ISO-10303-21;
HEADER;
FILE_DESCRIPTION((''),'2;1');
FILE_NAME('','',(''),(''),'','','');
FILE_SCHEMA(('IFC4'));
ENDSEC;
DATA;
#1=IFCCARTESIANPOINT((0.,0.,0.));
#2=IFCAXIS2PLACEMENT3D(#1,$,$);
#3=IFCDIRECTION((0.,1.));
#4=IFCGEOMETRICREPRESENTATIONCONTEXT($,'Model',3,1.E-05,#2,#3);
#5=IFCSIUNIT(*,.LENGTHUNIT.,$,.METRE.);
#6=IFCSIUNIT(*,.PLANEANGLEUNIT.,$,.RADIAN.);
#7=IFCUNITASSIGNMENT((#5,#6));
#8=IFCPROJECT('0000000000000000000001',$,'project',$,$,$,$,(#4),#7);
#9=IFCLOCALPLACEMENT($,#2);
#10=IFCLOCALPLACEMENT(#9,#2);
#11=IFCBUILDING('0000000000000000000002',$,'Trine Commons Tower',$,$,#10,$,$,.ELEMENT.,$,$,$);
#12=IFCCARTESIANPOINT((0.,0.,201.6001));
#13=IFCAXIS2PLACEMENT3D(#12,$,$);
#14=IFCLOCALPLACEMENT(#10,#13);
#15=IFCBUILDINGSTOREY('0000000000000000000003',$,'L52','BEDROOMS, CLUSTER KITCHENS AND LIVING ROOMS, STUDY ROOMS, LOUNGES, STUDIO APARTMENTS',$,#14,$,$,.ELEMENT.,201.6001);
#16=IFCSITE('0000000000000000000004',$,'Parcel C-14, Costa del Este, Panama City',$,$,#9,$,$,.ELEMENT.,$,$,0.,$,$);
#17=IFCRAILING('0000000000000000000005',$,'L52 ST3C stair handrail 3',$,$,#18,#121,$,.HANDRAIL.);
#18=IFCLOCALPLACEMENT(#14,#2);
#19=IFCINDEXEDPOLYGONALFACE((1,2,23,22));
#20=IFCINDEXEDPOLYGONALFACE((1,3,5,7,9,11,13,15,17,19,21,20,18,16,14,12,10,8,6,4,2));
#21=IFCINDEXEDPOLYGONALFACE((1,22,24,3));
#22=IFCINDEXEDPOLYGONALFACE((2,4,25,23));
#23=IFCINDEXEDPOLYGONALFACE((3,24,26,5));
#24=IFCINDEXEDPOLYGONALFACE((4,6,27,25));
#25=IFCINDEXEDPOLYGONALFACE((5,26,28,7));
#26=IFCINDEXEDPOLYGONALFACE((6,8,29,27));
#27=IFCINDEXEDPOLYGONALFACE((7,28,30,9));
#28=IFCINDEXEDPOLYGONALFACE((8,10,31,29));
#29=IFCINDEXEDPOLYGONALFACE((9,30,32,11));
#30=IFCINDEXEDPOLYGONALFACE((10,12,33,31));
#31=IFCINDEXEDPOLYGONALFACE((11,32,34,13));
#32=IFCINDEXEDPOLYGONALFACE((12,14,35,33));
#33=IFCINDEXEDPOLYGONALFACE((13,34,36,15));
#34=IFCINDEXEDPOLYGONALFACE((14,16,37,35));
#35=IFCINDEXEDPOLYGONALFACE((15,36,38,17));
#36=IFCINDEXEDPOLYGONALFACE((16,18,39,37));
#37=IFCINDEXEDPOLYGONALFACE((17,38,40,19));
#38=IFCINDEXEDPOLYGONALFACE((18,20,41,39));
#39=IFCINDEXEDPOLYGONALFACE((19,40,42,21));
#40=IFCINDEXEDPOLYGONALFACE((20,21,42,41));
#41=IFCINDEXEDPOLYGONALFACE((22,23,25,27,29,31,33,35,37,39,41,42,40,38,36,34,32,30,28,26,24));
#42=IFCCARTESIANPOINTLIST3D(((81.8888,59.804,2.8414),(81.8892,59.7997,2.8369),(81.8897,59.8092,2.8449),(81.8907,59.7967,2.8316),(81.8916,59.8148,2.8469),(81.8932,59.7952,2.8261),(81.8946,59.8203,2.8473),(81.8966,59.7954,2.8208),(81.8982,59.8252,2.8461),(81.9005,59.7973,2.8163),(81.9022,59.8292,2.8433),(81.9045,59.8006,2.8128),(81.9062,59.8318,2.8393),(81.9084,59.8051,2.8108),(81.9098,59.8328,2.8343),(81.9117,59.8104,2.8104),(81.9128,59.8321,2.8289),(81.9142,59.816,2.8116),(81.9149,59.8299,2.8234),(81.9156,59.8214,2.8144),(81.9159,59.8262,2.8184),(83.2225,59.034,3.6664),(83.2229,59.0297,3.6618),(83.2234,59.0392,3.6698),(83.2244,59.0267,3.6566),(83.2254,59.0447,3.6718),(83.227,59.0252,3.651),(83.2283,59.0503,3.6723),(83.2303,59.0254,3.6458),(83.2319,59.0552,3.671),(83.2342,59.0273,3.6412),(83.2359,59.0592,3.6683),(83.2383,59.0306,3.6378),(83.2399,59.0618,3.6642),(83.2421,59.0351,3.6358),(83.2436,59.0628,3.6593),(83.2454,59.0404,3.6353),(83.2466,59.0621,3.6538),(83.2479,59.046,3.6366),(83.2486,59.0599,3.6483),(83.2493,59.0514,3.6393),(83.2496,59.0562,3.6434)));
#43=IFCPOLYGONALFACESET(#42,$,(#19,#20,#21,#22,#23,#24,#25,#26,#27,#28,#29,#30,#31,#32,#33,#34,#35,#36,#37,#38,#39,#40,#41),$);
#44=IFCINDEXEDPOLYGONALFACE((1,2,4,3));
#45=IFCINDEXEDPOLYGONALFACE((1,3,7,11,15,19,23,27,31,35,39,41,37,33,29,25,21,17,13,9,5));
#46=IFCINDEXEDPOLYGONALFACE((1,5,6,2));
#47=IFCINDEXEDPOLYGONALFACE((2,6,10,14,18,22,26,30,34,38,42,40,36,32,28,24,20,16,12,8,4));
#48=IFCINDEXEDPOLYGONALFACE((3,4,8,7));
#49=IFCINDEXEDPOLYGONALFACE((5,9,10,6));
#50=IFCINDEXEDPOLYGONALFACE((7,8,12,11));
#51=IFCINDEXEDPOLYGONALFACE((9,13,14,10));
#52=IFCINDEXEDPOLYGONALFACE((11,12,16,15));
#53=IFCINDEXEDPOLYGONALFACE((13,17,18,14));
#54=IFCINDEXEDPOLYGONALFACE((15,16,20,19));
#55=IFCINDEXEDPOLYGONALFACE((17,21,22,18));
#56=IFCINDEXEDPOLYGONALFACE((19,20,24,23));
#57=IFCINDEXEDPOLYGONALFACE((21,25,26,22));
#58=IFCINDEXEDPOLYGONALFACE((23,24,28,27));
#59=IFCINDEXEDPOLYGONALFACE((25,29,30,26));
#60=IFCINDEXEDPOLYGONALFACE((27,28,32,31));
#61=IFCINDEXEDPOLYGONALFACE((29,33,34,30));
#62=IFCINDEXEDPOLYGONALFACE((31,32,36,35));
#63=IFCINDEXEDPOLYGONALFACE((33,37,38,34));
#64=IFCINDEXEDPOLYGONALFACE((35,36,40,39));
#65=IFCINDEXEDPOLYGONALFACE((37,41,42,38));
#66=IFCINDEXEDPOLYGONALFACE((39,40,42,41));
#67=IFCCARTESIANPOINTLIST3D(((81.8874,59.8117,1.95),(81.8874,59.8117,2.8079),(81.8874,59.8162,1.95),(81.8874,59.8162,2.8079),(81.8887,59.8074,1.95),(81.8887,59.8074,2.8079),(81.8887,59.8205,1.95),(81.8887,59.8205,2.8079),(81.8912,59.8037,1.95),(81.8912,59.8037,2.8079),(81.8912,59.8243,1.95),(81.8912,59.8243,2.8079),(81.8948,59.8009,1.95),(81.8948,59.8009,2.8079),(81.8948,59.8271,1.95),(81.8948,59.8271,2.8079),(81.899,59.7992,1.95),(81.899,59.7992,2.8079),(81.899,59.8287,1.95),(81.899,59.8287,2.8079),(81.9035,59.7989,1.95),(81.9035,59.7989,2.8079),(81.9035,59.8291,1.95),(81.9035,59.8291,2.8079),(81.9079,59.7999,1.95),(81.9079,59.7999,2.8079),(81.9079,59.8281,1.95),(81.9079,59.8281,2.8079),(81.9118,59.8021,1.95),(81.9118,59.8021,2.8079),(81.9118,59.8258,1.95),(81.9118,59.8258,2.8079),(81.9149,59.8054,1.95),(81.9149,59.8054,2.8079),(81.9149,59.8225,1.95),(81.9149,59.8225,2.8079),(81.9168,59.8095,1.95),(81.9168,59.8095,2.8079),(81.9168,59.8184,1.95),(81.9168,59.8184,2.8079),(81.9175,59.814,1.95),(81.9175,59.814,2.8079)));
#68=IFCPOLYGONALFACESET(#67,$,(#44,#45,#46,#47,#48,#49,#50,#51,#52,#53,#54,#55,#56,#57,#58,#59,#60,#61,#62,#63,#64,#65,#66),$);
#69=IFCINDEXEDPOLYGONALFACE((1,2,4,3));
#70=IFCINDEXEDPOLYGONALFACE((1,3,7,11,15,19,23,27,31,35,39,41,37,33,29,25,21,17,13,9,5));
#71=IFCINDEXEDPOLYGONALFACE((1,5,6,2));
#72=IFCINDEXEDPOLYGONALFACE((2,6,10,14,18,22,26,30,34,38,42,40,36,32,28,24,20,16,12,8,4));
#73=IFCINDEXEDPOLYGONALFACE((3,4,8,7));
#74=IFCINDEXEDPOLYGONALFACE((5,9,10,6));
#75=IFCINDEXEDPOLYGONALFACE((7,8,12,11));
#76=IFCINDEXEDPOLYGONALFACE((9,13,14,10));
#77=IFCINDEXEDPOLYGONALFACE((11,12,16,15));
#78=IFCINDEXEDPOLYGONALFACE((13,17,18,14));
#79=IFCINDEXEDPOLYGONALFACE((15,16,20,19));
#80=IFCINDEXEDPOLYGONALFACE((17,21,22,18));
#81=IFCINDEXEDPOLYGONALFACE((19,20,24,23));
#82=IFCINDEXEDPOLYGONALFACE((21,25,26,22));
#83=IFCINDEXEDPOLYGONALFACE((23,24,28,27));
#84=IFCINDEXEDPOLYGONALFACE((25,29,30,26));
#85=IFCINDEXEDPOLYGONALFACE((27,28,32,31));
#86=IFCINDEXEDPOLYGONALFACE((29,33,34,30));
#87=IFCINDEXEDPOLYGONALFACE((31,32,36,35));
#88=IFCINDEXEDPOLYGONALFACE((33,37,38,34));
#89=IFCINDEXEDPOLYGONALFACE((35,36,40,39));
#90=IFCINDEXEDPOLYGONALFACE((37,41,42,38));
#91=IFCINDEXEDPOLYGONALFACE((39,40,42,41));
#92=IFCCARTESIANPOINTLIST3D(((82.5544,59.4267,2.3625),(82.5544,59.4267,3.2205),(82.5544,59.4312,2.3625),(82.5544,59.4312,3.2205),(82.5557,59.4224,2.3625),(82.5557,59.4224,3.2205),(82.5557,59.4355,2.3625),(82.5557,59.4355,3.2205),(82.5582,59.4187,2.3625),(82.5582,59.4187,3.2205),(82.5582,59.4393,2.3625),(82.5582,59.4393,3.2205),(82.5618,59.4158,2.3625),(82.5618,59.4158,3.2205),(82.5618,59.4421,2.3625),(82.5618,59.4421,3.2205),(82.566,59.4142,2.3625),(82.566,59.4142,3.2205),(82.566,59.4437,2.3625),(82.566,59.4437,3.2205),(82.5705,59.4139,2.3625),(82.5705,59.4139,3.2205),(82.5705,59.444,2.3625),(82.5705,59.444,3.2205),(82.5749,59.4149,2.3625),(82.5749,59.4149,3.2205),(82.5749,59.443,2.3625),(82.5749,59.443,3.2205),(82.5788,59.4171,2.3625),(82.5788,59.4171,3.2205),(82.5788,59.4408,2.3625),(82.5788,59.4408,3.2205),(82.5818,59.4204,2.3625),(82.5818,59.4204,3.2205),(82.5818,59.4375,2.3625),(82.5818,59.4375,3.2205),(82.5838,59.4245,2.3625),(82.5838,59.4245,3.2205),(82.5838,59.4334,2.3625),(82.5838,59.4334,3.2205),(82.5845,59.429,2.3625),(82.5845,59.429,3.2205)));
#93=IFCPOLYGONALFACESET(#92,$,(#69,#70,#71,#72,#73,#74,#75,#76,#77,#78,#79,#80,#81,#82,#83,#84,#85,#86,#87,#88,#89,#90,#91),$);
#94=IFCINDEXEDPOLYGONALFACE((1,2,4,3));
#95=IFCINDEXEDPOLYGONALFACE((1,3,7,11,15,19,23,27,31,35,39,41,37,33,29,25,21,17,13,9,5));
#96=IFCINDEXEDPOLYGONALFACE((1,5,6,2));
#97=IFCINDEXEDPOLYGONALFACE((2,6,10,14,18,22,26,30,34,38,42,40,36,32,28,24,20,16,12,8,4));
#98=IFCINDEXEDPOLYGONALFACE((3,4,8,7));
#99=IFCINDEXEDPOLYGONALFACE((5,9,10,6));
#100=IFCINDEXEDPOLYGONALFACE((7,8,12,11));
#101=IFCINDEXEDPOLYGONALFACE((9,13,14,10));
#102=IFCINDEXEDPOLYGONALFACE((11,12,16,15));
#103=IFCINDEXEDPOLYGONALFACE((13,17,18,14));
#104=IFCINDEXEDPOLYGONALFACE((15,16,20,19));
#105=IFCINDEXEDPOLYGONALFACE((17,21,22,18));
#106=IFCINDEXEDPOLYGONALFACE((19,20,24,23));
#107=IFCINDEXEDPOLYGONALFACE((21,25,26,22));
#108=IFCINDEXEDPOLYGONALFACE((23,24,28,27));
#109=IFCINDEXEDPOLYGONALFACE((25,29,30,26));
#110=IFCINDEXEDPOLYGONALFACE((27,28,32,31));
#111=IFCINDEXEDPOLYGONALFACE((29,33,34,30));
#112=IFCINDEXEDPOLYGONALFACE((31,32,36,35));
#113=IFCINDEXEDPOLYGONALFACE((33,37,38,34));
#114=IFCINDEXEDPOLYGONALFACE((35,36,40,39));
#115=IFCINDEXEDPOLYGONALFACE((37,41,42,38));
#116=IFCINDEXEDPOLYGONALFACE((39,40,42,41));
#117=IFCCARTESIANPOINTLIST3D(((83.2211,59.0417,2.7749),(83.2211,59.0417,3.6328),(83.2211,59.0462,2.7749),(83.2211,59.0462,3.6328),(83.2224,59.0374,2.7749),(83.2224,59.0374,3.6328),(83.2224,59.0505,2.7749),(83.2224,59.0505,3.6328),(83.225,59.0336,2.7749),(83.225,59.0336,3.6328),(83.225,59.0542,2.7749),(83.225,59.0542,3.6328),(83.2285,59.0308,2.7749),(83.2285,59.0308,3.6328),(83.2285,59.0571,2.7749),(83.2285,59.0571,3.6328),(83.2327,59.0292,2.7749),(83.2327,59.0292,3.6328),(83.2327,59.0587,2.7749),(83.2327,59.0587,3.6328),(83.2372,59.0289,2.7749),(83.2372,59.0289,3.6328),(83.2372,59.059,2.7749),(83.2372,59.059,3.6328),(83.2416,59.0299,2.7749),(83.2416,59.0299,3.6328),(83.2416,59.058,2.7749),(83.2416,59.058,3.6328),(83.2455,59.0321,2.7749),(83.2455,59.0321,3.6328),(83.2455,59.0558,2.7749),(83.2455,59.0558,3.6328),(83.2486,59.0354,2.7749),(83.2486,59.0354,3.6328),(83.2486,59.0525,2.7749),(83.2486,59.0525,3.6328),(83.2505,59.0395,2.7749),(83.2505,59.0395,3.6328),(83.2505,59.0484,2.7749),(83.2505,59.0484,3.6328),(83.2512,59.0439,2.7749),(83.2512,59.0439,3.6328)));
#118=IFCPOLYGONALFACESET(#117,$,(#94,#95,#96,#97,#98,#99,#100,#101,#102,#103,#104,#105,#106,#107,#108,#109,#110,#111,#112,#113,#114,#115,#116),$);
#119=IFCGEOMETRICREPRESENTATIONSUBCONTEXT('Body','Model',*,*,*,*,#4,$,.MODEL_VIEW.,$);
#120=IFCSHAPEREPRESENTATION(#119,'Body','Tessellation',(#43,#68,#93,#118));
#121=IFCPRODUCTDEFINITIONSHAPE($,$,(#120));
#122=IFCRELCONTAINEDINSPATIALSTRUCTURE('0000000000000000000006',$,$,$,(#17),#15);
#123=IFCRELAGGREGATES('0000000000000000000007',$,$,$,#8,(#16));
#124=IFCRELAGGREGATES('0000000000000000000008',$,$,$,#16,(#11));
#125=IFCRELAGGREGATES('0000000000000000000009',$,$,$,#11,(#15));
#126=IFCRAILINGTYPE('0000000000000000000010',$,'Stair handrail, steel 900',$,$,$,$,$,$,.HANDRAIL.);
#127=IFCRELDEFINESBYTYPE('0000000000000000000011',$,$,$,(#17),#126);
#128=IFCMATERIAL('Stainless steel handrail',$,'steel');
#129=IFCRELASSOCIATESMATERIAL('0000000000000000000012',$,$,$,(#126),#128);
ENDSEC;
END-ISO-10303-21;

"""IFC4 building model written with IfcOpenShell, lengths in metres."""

from ifc_helpers import new_model, si_unit, direction, frame, origin, origin_2d, place, context, subcontext, project, spatial, circle, extrude, material, type_object, element, save


model = new_model("IFC4")

# Units and contexts
model_context = context("Model", 3, precision=1e-05, world=origin(), true_north=direction((0.0, 1.0)))
body_context = subcontext(model_context, "Body", "Model", "MODEL_VIEW")
ifc_project = project(units=[si_unit("LENGTHUNIT", "METRE"), si_unit("PLANEANGLEUNIT", "RADIAN")], contexts=[model_context])

# Site, building, storey
site_placement = place(None, origin())
site = spatial("IfcSite", under=ifc_project, at=site_placement, Name="Parcel C-14, Costa del Este, Panama City", CompositionType="ELEMENT", RefElevation=0.0)
building_placement = place(site_placement, origin())
building = spatial("IfcBuilding", under=site, at=building_placement, Name="Trine Commons Tower", CompositionType="ELEMENT")
storey_placement = place(building_placement, frame((0.0, 0.0, 201.6001)))
storey = spatial("IfcBuildingStorey", under=building, at=storey_placement, Name="L52", Description="BEDROOMS, CLUSTER KITCHENS AND LIVING ROOMS, STUDY ROOMS, LOUNGES, STUDIO APARTMENTS", CompositionType="ELEMENT", Elevation=201.6001)

# Railing
ifc_material_1 = material(Name="Stainless steel handrail", Category="steel")
railing_type_1 = type_object("IfcRailingType", Name="Stair handrail, steel 900", PredefinedType="HANDRAIL", material=ifc_material_1)
for number, where, name in (
    (1, (81.9023, 59.814, 1.95), "L52 ST3C stair handrail 3"),
):
    element("IfcRailing", number, at=place(storey_placement, frame(where)), inside=storey, type_object=railing_type_1, Name=name, PredefinedType="HANDRAIL", context=body_context, shape_type="SweptSolid", body=[
        extrude(circle(Radius=0.021, at=origin_2d()), frame((0.0, 0.0, 0.8789), z_axis=(0.763405, -0.440743, 0.472185), x_axis=(0.499992, 0.86603, 0.0)), (0.0, 0.0, 1.0), 1.7471),
        extrude(circle(Radius=0.0151, at=origin_2d()), origin(), (0.0, 0.0, 1.0), 0.8579),
        extrude(circle(Radius=0.0151, at=origin_2d()), frame((0.667, -0.385, 0.4126)), (0.0, 0.0, 1.0), 0.8579),
        extrude(circle(Radius=0.0151, at=origin_2d()), frame((1.3337, -0.77, 0.825)), (0.0, 0.0, 1.0), 0.8579),
    ])

save(model, "model.ifc")
